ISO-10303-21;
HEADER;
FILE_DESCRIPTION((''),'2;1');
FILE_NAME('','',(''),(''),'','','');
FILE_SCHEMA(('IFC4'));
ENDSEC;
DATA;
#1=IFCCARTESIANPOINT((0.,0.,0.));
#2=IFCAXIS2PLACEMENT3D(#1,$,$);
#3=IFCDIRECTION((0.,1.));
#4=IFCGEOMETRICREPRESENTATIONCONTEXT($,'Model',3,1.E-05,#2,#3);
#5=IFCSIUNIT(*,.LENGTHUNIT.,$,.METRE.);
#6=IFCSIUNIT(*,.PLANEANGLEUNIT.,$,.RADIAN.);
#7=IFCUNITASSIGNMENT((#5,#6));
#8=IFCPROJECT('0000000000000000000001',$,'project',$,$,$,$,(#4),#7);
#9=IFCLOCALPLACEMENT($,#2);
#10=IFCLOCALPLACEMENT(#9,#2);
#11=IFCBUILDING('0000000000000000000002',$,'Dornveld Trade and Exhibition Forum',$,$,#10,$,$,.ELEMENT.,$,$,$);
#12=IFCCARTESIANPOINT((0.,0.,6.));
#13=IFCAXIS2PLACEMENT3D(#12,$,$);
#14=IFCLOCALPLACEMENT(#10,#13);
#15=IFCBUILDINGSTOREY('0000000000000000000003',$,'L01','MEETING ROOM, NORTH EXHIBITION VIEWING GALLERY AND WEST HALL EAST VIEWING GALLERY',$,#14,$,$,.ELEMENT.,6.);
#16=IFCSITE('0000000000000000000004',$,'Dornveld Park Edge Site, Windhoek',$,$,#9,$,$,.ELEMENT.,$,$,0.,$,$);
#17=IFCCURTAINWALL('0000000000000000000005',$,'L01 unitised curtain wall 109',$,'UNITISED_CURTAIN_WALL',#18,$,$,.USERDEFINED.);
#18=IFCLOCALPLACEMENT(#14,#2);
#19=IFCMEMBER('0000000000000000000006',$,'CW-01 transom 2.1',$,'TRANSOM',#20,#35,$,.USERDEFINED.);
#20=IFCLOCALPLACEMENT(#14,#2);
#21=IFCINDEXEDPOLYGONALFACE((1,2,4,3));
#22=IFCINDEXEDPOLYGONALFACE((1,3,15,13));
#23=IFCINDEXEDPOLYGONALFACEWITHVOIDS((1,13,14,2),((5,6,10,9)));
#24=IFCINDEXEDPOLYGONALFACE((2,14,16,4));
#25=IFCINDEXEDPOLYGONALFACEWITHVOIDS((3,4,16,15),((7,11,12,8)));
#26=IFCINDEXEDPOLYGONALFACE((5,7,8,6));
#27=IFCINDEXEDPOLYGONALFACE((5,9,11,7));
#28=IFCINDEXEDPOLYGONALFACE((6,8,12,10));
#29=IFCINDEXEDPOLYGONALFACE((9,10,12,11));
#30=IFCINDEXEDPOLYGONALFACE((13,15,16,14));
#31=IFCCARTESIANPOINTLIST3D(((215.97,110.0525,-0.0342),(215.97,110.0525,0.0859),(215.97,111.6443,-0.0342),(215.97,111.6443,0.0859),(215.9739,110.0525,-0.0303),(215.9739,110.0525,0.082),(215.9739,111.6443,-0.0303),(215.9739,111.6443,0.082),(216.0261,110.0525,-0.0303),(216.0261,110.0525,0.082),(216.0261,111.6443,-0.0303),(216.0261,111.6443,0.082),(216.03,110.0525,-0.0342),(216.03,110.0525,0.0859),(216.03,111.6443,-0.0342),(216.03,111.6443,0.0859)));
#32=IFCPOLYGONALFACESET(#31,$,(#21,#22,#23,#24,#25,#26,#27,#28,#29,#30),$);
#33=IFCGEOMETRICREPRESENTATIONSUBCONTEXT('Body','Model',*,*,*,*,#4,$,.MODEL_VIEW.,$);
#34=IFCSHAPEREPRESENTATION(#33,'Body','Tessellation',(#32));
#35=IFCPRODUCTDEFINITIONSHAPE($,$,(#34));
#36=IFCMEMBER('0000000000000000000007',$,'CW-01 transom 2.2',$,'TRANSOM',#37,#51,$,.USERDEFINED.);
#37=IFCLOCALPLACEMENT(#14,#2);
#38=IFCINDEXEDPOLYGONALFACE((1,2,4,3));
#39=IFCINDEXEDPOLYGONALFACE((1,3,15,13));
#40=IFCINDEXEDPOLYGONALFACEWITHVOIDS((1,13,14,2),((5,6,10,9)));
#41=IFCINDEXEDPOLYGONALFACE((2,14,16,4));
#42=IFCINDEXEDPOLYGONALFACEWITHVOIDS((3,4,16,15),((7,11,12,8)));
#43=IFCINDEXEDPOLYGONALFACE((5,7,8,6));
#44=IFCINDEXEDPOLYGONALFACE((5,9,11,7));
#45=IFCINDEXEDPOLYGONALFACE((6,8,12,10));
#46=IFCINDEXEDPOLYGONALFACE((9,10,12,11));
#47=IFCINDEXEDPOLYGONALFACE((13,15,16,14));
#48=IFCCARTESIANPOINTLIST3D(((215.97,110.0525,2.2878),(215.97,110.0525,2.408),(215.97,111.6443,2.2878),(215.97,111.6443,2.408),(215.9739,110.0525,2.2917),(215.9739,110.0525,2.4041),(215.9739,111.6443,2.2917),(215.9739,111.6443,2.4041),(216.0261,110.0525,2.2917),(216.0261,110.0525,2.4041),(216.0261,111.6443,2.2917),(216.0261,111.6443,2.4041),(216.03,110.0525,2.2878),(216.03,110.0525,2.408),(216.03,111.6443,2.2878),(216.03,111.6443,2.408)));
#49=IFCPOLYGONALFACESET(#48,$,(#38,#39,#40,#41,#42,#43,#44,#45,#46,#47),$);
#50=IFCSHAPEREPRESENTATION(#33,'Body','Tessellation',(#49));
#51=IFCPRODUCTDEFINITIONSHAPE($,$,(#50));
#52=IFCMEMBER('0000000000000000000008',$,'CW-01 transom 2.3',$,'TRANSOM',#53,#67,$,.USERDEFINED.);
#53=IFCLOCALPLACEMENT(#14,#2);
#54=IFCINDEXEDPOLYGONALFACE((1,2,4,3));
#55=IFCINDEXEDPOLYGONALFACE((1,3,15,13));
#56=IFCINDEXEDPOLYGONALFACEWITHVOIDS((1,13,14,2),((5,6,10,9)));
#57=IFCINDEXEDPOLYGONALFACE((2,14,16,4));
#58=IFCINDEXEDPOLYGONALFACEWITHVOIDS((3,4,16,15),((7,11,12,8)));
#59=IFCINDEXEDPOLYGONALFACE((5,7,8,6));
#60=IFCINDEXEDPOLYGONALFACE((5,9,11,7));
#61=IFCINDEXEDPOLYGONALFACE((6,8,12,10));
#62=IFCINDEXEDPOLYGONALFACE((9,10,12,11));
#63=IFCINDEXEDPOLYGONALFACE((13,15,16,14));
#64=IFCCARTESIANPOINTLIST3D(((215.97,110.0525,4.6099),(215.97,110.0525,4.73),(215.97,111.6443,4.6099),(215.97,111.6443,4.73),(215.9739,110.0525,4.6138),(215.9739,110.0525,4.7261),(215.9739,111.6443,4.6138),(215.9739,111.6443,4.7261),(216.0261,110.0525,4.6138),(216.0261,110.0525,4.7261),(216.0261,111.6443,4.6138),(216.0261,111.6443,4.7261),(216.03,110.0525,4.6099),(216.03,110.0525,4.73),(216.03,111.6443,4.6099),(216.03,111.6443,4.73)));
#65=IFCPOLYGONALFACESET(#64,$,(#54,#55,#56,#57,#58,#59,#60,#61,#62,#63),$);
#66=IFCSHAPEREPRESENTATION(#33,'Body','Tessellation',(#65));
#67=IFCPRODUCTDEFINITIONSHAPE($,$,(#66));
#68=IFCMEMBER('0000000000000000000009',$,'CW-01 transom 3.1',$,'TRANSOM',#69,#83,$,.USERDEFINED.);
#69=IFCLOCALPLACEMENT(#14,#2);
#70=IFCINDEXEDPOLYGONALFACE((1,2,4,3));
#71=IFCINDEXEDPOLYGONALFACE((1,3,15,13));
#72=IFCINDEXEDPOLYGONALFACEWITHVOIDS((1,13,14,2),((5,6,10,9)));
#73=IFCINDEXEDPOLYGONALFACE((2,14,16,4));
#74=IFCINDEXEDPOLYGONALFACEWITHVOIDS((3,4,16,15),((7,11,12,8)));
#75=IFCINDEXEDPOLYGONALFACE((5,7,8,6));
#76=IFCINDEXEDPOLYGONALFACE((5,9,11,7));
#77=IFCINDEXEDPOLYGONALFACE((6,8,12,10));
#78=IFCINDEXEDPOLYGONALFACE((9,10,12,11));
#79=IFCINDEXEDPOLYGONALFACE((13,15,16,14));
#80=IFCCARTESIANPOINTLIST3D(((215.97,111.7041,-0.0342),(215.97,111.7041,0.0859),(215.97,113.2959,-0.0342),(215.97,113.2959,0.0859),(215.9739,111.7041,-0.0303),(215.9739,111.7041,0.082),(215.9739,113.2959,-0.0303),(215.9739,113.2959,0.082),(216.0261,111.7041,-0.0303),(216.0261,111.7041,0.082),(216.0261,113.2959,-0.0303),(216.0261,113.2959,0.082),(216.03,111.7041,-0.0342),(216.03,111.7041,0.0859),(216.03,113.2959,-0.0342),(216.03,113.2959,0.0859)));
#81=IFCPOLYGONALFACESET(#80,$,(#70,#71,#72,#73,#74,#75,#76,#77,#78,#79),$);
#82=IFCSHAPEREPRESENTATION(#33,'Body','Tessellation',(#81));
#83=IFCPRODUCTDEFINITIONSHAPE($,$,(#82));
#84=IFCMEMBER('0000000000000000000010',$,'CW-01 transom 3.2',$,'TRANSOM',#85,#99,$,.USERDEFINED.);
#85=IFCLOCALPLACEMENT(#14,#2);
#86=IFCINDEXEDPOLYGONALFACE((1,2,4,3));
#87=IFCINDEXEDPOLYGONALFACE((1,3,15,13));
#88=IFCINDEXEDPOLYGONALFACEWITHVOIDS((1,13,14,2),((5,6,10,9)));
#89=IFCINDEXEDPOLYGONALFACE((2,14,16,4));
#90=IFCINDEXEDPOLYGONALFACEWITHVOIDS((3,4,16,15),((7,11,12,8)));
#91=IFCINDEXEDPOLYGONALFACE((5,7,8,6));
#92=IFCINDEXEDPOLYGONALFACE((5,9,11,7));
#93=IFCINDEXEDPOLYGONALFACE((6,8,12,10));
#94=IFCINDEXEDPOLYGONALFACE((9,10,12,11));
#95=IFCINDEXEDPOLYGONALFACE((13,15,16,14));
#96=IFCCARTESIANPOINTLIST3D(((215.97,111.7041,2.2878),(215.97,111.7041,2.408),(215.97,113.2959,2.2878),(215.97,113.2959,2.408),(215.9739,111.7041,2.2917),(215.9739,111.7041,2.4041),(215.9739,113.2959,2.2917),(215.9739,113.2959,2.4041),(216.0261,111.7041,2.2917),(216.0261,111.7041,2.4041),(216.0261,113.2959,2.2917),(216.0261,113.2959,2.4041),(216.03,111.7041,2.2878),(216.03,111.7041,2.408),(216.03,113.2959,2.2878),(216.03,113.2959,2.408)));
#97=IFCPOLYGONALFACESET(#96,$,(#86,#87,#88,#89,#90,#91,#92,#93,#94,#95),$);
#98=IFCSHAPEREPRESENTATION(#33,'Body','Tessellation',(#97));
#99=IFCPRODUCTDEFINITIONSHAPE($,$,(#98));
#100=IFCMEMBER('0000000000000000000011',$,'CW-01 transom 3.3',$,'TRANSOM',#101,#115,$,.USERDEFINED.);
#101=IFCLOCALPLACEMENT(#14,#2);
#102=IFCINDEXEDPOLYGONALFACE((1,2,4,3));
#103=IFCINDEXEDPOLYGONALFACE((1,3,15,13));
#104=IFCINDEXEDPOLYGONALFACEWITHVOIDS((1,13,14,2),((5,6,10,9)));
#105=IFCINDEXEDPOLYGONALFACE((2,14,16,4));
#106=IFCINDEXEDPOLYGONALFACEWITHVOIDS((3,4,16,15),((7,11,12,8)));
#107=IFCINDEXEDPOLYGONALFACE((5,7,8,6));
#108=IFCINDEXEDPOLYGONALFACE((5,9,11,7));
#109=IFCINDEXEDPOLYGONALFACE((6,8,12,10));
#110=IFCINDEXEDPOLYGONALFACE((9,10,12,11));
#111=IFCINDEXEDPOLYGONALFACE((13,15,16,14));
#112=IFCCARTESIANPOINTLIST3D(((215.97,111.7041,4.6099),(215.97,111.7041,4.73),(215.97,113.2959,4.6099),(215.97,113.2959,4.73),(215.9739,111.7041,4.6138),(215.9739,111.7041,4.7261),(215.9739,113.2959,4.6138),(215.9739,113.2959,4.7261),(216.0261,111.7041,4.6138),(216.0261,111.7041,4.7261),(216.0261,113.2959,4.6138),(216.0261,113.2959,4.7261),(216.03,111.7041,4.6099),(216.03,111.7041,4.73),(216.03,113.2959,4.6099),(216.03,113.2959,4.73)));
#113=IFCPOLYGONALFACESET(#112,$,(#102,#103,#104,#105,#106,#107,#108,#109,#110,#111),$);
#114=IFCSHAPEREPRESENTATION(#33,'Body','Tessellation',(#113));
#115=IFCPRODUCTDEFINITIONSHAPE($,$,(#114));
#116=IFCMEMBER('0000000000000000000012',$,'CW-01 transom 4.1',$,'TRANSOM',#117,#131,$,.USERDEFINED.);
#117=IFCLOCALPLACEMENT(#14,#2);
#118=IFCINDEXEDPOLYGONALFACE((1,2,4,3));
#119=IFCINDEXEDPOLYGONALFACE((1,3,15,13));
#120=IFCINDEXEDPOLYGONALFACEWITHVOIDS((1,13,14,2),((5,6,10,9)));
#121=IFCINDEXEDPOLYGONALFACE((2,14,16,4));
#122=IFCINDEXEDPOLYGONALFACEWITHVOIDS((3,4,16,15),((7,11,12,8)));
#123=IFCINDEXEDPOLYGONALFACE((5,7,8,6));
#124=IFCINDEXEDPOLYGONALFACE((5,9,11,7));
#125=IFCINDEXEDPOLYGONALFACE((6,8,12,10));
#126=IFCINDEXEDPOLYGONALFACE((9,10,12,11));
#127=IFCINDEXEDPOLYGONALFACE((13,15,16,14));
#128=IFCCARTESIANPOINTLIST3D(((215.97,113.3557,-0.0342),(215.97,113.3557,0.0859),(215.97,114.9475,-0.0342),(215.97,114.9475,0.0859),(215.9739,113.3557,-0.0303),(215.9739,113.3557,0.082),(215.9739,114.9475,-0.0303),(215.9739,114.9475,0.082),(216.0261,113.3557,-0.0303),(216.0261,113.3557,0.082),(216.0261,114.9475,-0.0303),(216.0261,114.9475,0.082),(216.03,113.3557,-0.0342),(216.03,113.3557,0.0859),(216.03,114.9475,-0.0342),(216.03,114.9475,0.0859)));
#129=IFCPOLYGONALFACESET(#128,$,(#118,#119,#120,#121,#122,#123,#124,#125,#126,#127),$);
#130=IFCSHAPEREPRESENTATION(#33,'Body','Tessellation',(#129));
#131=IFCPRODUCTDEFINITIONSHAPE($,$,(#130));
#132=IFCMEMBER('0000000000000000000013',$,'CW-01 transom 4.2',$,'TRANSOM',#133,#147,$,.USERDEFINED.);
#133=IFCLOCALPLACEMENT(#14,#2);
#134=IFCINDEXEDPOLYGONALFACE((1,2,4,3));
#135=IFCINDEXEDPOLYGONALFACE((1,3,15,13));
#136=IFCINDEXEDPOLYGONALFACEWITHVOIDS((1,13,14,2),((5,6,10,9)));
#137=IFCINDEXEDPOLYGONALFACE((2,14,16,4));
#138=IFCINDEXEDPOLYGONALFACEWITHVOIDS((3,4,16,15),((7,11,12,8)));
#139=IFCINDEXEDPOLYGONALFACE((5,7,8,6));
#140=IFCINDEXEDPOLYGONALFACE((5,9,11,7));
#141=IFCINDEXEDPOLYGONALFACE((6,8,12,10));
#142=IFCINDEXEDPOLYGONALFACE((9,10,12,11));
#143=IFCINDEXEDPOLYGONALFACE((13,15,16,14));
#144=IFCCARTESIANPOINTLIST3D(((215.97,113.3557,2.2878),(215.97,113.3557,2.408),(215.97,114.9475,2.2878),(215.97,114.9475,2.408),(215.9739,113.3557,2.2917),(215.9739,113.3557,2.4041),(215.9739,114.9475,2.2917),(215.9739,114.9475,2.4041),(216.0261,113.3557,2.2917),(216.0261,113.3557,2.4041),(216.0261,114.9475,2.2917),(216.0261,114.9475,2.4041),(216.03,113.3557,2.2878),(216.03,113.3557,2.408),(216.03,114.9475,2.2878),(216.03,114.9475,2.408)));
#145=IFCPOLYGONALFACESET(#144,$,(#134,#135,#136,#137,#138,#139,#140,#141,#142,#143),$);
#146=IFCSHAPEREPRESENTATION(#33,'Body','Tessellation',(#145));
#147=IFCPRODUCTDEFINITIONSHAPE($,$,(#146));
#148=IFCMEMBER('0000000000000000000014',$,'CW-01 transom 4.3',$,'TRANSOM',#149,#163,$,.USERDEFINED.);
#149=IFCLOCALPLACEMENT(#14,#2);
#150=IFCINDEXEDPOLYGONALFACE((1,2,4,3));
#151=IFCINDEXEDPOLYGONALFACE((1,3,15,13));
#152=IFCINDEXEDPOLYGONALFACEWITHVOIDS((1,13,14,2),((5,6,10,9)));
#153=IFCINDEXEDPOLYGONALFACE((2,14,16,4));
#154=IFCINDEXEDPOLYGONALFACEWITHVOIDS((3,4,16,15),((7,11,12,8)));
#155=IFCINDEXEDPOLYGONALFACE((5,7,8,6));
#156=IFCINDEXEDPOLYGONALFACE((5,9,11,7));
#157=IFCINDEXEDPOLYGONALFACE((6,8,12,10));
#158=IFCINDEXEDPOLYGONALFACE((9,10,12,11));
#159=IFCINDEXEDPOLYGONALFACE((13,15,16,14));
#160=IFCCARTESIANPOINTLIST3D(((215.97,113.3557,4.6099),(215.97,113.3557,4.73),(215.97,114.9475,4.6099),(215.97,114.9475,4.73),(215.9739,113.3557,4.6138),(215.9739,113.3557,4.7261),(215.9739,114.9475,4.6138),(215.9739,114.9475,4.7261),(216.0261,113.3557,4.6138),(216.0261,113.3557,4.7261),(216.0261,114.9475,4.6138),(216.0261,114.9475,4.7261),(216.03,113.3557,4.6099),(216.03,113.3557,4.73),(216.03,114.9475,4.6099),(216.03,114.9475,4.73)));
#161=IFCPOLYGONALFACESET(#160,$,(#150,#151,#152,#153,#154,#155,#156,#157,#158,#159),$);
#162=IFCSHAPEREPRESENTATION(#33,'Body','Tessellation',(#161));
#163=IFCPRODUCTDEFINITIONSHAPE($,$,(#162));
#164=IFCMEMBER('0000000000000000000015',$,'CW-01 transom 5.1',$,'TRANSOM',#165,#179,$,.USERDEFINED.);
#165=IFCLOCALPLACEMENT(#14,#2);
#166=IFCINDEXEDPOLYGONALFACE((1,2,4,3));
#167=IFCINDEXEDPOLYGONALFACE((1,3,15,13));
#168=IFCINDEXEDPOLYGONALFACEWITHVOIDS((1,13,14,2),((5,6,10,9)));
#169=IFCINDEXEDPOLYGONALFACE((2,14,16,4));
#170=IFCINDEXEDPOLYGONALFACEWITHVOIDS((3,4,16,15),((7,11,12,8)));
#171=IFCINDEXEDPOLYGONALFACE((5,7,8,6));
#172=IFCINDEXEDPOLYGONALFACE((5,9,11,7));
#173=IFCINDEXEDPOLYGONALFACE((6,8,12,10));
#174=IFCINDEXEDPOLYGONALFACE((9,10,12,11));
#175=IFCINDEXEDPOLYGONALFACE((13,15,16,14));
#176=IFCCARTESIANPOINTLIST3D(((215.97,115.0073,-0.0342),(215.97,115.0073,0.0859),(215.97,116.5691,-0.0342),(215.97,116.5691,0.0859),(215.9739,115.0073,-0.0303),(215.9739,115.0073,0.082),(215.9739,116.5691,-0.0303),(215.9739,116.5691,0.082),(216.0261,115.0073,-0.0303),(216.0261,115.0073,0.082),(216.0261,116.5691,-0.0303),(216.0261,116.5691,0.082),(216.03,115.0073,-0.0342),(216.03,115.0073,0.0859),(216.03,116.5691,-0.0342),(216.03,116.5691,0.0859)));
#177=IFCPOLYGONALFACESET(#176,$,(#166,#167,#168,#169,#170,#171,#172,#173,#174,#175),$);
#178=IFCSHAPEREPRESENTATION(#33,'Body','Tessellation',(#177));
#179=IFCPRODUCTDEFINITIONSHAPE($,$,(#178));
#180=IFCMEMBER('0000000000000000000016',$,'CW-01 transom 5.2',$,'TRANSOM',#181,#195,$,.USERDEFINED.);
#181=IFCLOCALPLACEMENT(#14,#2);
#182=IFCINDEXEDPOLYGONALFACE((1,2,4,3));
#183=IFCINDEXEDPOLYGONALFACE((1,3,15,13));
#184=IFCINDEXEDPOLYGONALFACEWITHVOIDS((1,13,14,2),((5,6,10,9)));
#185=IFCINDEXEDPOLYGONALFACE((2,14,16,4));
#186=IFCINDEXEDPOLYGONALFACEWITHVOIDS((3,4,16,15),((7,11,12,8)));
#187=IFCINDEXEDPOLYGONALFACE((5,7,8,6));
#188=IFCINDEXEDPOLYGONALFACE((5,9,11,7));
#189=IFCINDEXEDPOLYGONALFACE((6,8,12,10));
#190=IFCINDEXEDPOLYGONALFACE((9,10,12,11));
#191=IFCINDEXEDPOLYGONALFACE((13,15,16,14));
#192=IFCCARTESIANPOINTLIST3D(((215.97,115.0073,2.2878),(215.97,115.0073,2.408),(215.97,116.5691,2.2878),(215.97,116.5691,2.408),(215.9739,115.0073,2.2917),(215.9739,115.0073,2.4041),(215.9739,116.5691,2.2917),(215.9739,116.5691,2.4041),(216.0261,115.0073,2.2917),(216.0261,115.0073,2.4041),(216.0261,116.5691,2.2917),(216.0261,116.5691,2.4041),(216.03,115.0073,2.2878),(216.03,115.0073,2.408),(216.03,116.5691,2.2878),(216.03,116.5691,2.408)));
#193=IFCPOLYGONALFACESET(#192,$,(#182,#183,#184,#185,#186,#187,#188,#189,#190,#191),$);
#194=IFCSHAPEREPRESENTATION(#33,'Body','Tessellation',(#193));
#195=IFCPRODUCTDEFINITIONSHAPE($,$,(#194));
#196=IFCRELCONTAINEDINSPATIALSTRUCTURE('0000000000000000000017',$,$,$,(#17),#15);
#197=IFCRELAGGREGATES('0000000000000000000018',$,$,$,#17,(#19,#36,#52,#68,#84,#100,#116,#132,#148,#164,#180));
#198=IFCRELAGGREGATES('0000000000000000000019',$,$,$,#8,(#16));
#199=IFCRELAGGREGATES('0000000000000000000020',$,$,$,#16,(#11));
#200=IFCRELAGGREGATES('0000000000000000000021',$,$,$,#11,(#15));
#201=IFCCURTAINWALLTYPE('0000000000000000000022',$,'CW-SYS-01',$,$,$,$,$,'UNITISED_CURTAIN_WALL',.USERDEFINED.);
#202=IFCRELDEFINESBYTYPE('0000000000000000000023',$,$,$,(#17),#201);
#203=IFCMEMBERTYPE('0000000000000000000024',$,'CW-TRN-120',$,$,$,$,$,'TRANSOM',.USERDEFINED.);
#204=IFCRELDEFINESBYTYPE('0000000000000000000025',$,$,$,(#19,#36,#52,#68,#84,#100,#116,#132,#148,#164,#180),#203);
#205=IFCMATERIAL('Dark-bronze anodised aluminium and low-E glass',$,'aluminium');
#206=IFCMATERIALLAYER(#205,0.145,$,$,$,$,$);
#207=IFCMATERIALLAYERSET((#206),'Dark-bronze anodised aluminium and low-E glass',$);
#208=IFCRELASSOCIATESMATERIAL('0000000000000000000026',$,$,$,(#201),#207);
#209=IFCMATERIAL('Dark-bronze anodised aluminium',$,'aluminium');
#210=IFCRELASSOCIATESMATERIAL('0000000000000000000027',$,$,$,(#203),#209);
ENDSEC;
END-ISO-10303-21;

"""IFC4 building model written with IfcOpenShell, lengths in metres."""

from ifc_helpers import new_model, si_unit, direction, frame, origin, origin_2d, place, context, subcontext, project, spatial, hollow_rectangle, extrude, material, layer, layer_set, material_profile, profile_set, type_object, element, aggregate, save


model = new_model("IFC4")

# Units and contexts
model_context = context("Model", 3, precision=1e-05, world=origin(), true_north=direction((0.0, 1.0)))
body_context = subcontext(model_context, "Body", "Model", "MODEL_VIEW")
ifc_project = project(units=[si_unit("LENGTHUNIT", "METRE"), si_unit("PLANEANGLEUNIT", "RADIAN")], contexts=[model_context])

# Site, building, storey
site_placement = place(None, origin())
site = spatial("IfcSite", under=ifc_project, at=site_placement, Name="Dornveld Park Edge Site, Windhoek", CompositionType="ELEMENT", RefElevation=0.0)
building_placement = place(site_placement, origin())
building = spatial("IfcBuilding", under=site, at=building_placement, Name="Dornveld Trade and Exhibition Forum", CompositionType="ELEMENT")
storey_placement = place(building_placement, frame((0.0, 0.0, 6.0)))
storey = spatial("IfcBuildingStorey", under=building, at=storey_placement, Name="L01", Description="MEETING ROOM, NORTH EXHIBITION VIEWING GALLERY AND WEST HALL EAST VIEWING GALLERY", CompositionType="ELEMENT", Elevation=6.0)

# Curtain wall, members
ifc_material_1 = material(Name="Dark-bronze anodised aluminium and low-E glass", Category="aluminium")
ifc_layer_1 = layer(ifc_material_1, 0.145)
ifc_layer_set_1 = layer_set([ifc_layer_1], Name="Dark-bronze anodised aluminium and low-E glass")
curtain_wall_type = type_object("IfcCurtainWallType", Name="CW-SYS-01", ElementType="UNITISED_CURTAIN_WALL", PredefinedType="USERDEFINED", material=ifc_layer_set_1)
curtain_wall_placement = place(storey_placement, origin())
curtain_wall = element("IfcCurtainWall", 1, at=curtain_wall_placement, inside=storey, type_object=curtain_wall_type, Name="L01 unitised curtain wall 109", ObjectType="UNITISED_CURTAIN_WALL", PredefinedType="USERDEFINED")
ifc_material_2 = material(Name="Dark-bronze anodised aluminium", Category="aluminium")
ifc_material_profile_1 = material_profile(ifc_material_2, hollow_rectangle(XDim=0.0601, YDim=0.1201, WallThickness=0.0039, at=origin_2d()), Name="RHS 120x60x4")
ifc_profile_set_1 = profile_set([ifc_material_profile_1], Name="Dark-bronze anodised aluminium")
member_type_1 = type_object("IfcMemberType", Name="CW-TRN-120", ElementType="TRANSOM", PredefinedType="USERDEFINED", material=ifc_profile_set_1)
member_1_placement = place(storey_placement, frame((216.0, 110.0525, 0.0259), z_axis=(0.0, 1.0, 0.0), x_axis=(-1.0, 0.0, 0.0)))
member_1 = element("IfcMember", 2, at=member_1_placement, type_object=member_type_1, Name="CW-01 transom 2.1", ObjectType="TRANSOM", PredefinedType="USERDEFINED", context=body_context, shape_type="SweptSolid", body=[
    extrude(hollow_rectangle(XDim=0.0601, YDim=0.1201, WallThickness=0.0039, at=origin_2d()), origin(), (0.0, 0.0, 1.0), 1.5918),
])
member_2_placement = place(storey_placement, frame((216.0, 110.0525, 2.3479), z_axis=(0.0, 1.0, 0.0), x_axis=(-1.0, 0.0, 0.0)))
member_2 = element("IfcMember", 3, at=member_2_placement, type_object=member_type_1, Name="CW-01 transom 2.2", ObjectType="TRANSOM", PredefinedType="USERDEFINED", context=body_context, shape_type="SweptSolid", body=[
    extrude(hollow_rectangle(XDim=0.0601, YDim=0.1201, WallThickness=0.0039, at=origin_2d()), origin(), (0.0, 0.0, 1.0), 1.5918),
])
member_3_placement = place(storey_placement, frame((216.0, 110.0525, 4.6699), z_axis=(0.0, 1.0, 0.0), x_axis=(-1.0, 0.0, 0.0)))
member_3 = element("IfcMember", 4, at=member_3_placement, type_object=member_type_1, Name="CW-01 transom 2.3", ObjectType="TRANSOM", PredefinedType="USERDEFINED", context=body_context, shape_type="SweptSolid", body=[
    extrude(hollow_rectangle(XDim=0.0601, YDim=0.1201, WallThickness=0.0039, at=origin_2d()), origin(), (0.0, 0.0, 1.0), 1.5918),
])
member_4_placement = place(storey_placement, frame((216.0, 111.7041, 0.0259), z_axis=(0.0, 1.0, 0.0), x_axis=(-1.0, 0.0, 0.0)))
member_4 = element("IfcMember", 5, at=member_4_placement, type_object=member_type_1, Name="CW-01 transom 3.1", ObjectType="TRANSOM", PredefinedType="USERDEFINED", context=body_context, shape_type="SweptSolid", body=[
    extrude(hollow_rectangle(XDim=0.0601, YDim=0.1201, WallThickness=0.0039, at=origin_2d()), origin(), (0.0, 0.0, 1.0), 1.5918),
])
member_5_placement = place(storey_placement, frame((216.0, 111.7041, 2.3479), z_axis=(0.0, 1.0, 0.0), x_axis=(-1.0, 0.0, 0.0)))
member_5 = element("IfcMember", 6, at=member_5_placement, type_object=member_type_1, Name="CW-01 transom 3.2", ObjectType="TRANSOM", PredefinedType="USERDEFINED", context=body_context, shape_type="SweptSolid", body=[
    extrude(hollow_rectangle(XDim=0.0601, YDim=0.1201, WallThickness=0.0039, at=origin_2d()), origin(), (0.0, 0.0, 1.0), 1.5918),
])
member_6_placement = place(storey_placement, frame((216.0, 111.7041, 4.6699), z_axis=(0.0, 1.0, 0.0), x_axis=(-1.0, 0.0, 0.0)))
member_6 = element("IfcMember", 7, at=member_6_placement, type_object=member_type_1, Name="CW-01 transom 3.3", ObjectType="TRANSOM", PredefinedType="USERDEFINED", context=body_context, shape_type="SweptSolid", body=[
    extrude(hollow_rectangle(XDim=0.0601, YDim=0.1201, WallThickness=0.0039, at=origin_2d()), origin(), (0.0, 0.0, 1.0), 1.5918),
])
member_7_placement = place(storey_placement, frame((216.0, 113.3557, 0.0259), z_axis=(0.0, 1.0, 0.0), x_axis=(-1.0, 0.0, 0.0)))
member_7 = element("IfcMember", 8, at=member_7_placement, type_object=member_type_1, Name="CW-01 transom 4.1", ObjectType="TRANSOM", PredefinedType="USERDEFINED", context=body_context, shape_type="SweptSolid", body=[
    extrude(hollow_rectangle(XDim=0.0601, YDim=0.1201, WallThickness=0.0039, at=origin_2d()), origin(), (0.0, 0.0, 1.0), 1.5918),
])
member_8_placement = place(storey_placement, frame((216.0, 113.3557, 2.3479), z_axis=(0.0, 1.0, 0.0), x_axis=(-1.0, 0.0, 0.0)))
member_8 = element("IfcMember", 9, at=member_8_placement, type_object=member_type_1, Name="CW-01 transom 4.2", ObjectType="TRANSOM", PredefinedType="USERDEFINED", context=body_context, shape_type="SweptSolid", body=[
    extrude(hollow_rectangle(XDim=0.0601, YDim=0.1201, WallThickness=0.0039, at=origin_2d()), origin(), (0.0, 0.0, 1.0), 1.5918),
])
member_9_placement = place(storey_placement, frame((216.0, 113.3557, 4.6699), z_axis=(0.0, 1.0, 0.0), x_axis=(-1.0, 0.0, 0.0)))
member_9 = element("IfcMember", 10, at=member_9_placement, type_object=member_type_1, Name="CW-01 transom 4.3", ObjectType="TRANSOM", PredefinedType="USERDEFINED", context=body_context, shape_type="SweptSolid", body=[
    extrude(hollow_rectangle(XDim=0.0601, YDim=0.1201, WallThickness=0.0039, at=origin_2d()), origin(), (0.0, 0.0, 1.0), 1.5918),
])
member_10_placement = place(storey_placement, frame((216.0, 115.0073, 0.0259), z_axis=(0.0, 1.0, 0.0), x_axis=(-1.0, 0.0, 0.0)))
member_10 = element("IfcMember", 11, at=member_10_placement, type_object=member_type_1, Name="CW-01 transom 5.1", ObjectType="TRANSOM", PredefinedType="USERDEFINED", context=body_context, shape_type="SweptSolid", body=[
    extrude(hollow_rectangle(XDim=0.0601, YDim=0.1201, WallThickness=0.0039, at=origin_2d()), origin(), (0.0, 0.0, 1.0), 1.5618),
])
member_11_placement = place(storey_placement, frame((216.0, 115.0073, 2.3479), z_axis=(0.0, 1.0, 0.0), x_axis=(-1.0, 0.0, 0.0)))
member_11 = element("IfcMember", 12, at=member_11_placement, type_object=member_type_1, Name="CW-01 transom 5.2", ObjectType="TRANSOM", PredefinedType="USERDEFINED", context=body_context, shape_type="SweptSolid", body=[
    extrude(hollow_rectangle(XDim=0.0601, YDim=0.1201, WallThickness=0.0039, at=origin_2d()), origin(), (0.0, 0.0, 1.0), 1.5618),
])
aggregate(curtain_wall, [member_1, member_2, member_3, member_4, member_5, member_6, member_7, member_8, member_9, member_10, member_11])

save(model, "model.ifc")
